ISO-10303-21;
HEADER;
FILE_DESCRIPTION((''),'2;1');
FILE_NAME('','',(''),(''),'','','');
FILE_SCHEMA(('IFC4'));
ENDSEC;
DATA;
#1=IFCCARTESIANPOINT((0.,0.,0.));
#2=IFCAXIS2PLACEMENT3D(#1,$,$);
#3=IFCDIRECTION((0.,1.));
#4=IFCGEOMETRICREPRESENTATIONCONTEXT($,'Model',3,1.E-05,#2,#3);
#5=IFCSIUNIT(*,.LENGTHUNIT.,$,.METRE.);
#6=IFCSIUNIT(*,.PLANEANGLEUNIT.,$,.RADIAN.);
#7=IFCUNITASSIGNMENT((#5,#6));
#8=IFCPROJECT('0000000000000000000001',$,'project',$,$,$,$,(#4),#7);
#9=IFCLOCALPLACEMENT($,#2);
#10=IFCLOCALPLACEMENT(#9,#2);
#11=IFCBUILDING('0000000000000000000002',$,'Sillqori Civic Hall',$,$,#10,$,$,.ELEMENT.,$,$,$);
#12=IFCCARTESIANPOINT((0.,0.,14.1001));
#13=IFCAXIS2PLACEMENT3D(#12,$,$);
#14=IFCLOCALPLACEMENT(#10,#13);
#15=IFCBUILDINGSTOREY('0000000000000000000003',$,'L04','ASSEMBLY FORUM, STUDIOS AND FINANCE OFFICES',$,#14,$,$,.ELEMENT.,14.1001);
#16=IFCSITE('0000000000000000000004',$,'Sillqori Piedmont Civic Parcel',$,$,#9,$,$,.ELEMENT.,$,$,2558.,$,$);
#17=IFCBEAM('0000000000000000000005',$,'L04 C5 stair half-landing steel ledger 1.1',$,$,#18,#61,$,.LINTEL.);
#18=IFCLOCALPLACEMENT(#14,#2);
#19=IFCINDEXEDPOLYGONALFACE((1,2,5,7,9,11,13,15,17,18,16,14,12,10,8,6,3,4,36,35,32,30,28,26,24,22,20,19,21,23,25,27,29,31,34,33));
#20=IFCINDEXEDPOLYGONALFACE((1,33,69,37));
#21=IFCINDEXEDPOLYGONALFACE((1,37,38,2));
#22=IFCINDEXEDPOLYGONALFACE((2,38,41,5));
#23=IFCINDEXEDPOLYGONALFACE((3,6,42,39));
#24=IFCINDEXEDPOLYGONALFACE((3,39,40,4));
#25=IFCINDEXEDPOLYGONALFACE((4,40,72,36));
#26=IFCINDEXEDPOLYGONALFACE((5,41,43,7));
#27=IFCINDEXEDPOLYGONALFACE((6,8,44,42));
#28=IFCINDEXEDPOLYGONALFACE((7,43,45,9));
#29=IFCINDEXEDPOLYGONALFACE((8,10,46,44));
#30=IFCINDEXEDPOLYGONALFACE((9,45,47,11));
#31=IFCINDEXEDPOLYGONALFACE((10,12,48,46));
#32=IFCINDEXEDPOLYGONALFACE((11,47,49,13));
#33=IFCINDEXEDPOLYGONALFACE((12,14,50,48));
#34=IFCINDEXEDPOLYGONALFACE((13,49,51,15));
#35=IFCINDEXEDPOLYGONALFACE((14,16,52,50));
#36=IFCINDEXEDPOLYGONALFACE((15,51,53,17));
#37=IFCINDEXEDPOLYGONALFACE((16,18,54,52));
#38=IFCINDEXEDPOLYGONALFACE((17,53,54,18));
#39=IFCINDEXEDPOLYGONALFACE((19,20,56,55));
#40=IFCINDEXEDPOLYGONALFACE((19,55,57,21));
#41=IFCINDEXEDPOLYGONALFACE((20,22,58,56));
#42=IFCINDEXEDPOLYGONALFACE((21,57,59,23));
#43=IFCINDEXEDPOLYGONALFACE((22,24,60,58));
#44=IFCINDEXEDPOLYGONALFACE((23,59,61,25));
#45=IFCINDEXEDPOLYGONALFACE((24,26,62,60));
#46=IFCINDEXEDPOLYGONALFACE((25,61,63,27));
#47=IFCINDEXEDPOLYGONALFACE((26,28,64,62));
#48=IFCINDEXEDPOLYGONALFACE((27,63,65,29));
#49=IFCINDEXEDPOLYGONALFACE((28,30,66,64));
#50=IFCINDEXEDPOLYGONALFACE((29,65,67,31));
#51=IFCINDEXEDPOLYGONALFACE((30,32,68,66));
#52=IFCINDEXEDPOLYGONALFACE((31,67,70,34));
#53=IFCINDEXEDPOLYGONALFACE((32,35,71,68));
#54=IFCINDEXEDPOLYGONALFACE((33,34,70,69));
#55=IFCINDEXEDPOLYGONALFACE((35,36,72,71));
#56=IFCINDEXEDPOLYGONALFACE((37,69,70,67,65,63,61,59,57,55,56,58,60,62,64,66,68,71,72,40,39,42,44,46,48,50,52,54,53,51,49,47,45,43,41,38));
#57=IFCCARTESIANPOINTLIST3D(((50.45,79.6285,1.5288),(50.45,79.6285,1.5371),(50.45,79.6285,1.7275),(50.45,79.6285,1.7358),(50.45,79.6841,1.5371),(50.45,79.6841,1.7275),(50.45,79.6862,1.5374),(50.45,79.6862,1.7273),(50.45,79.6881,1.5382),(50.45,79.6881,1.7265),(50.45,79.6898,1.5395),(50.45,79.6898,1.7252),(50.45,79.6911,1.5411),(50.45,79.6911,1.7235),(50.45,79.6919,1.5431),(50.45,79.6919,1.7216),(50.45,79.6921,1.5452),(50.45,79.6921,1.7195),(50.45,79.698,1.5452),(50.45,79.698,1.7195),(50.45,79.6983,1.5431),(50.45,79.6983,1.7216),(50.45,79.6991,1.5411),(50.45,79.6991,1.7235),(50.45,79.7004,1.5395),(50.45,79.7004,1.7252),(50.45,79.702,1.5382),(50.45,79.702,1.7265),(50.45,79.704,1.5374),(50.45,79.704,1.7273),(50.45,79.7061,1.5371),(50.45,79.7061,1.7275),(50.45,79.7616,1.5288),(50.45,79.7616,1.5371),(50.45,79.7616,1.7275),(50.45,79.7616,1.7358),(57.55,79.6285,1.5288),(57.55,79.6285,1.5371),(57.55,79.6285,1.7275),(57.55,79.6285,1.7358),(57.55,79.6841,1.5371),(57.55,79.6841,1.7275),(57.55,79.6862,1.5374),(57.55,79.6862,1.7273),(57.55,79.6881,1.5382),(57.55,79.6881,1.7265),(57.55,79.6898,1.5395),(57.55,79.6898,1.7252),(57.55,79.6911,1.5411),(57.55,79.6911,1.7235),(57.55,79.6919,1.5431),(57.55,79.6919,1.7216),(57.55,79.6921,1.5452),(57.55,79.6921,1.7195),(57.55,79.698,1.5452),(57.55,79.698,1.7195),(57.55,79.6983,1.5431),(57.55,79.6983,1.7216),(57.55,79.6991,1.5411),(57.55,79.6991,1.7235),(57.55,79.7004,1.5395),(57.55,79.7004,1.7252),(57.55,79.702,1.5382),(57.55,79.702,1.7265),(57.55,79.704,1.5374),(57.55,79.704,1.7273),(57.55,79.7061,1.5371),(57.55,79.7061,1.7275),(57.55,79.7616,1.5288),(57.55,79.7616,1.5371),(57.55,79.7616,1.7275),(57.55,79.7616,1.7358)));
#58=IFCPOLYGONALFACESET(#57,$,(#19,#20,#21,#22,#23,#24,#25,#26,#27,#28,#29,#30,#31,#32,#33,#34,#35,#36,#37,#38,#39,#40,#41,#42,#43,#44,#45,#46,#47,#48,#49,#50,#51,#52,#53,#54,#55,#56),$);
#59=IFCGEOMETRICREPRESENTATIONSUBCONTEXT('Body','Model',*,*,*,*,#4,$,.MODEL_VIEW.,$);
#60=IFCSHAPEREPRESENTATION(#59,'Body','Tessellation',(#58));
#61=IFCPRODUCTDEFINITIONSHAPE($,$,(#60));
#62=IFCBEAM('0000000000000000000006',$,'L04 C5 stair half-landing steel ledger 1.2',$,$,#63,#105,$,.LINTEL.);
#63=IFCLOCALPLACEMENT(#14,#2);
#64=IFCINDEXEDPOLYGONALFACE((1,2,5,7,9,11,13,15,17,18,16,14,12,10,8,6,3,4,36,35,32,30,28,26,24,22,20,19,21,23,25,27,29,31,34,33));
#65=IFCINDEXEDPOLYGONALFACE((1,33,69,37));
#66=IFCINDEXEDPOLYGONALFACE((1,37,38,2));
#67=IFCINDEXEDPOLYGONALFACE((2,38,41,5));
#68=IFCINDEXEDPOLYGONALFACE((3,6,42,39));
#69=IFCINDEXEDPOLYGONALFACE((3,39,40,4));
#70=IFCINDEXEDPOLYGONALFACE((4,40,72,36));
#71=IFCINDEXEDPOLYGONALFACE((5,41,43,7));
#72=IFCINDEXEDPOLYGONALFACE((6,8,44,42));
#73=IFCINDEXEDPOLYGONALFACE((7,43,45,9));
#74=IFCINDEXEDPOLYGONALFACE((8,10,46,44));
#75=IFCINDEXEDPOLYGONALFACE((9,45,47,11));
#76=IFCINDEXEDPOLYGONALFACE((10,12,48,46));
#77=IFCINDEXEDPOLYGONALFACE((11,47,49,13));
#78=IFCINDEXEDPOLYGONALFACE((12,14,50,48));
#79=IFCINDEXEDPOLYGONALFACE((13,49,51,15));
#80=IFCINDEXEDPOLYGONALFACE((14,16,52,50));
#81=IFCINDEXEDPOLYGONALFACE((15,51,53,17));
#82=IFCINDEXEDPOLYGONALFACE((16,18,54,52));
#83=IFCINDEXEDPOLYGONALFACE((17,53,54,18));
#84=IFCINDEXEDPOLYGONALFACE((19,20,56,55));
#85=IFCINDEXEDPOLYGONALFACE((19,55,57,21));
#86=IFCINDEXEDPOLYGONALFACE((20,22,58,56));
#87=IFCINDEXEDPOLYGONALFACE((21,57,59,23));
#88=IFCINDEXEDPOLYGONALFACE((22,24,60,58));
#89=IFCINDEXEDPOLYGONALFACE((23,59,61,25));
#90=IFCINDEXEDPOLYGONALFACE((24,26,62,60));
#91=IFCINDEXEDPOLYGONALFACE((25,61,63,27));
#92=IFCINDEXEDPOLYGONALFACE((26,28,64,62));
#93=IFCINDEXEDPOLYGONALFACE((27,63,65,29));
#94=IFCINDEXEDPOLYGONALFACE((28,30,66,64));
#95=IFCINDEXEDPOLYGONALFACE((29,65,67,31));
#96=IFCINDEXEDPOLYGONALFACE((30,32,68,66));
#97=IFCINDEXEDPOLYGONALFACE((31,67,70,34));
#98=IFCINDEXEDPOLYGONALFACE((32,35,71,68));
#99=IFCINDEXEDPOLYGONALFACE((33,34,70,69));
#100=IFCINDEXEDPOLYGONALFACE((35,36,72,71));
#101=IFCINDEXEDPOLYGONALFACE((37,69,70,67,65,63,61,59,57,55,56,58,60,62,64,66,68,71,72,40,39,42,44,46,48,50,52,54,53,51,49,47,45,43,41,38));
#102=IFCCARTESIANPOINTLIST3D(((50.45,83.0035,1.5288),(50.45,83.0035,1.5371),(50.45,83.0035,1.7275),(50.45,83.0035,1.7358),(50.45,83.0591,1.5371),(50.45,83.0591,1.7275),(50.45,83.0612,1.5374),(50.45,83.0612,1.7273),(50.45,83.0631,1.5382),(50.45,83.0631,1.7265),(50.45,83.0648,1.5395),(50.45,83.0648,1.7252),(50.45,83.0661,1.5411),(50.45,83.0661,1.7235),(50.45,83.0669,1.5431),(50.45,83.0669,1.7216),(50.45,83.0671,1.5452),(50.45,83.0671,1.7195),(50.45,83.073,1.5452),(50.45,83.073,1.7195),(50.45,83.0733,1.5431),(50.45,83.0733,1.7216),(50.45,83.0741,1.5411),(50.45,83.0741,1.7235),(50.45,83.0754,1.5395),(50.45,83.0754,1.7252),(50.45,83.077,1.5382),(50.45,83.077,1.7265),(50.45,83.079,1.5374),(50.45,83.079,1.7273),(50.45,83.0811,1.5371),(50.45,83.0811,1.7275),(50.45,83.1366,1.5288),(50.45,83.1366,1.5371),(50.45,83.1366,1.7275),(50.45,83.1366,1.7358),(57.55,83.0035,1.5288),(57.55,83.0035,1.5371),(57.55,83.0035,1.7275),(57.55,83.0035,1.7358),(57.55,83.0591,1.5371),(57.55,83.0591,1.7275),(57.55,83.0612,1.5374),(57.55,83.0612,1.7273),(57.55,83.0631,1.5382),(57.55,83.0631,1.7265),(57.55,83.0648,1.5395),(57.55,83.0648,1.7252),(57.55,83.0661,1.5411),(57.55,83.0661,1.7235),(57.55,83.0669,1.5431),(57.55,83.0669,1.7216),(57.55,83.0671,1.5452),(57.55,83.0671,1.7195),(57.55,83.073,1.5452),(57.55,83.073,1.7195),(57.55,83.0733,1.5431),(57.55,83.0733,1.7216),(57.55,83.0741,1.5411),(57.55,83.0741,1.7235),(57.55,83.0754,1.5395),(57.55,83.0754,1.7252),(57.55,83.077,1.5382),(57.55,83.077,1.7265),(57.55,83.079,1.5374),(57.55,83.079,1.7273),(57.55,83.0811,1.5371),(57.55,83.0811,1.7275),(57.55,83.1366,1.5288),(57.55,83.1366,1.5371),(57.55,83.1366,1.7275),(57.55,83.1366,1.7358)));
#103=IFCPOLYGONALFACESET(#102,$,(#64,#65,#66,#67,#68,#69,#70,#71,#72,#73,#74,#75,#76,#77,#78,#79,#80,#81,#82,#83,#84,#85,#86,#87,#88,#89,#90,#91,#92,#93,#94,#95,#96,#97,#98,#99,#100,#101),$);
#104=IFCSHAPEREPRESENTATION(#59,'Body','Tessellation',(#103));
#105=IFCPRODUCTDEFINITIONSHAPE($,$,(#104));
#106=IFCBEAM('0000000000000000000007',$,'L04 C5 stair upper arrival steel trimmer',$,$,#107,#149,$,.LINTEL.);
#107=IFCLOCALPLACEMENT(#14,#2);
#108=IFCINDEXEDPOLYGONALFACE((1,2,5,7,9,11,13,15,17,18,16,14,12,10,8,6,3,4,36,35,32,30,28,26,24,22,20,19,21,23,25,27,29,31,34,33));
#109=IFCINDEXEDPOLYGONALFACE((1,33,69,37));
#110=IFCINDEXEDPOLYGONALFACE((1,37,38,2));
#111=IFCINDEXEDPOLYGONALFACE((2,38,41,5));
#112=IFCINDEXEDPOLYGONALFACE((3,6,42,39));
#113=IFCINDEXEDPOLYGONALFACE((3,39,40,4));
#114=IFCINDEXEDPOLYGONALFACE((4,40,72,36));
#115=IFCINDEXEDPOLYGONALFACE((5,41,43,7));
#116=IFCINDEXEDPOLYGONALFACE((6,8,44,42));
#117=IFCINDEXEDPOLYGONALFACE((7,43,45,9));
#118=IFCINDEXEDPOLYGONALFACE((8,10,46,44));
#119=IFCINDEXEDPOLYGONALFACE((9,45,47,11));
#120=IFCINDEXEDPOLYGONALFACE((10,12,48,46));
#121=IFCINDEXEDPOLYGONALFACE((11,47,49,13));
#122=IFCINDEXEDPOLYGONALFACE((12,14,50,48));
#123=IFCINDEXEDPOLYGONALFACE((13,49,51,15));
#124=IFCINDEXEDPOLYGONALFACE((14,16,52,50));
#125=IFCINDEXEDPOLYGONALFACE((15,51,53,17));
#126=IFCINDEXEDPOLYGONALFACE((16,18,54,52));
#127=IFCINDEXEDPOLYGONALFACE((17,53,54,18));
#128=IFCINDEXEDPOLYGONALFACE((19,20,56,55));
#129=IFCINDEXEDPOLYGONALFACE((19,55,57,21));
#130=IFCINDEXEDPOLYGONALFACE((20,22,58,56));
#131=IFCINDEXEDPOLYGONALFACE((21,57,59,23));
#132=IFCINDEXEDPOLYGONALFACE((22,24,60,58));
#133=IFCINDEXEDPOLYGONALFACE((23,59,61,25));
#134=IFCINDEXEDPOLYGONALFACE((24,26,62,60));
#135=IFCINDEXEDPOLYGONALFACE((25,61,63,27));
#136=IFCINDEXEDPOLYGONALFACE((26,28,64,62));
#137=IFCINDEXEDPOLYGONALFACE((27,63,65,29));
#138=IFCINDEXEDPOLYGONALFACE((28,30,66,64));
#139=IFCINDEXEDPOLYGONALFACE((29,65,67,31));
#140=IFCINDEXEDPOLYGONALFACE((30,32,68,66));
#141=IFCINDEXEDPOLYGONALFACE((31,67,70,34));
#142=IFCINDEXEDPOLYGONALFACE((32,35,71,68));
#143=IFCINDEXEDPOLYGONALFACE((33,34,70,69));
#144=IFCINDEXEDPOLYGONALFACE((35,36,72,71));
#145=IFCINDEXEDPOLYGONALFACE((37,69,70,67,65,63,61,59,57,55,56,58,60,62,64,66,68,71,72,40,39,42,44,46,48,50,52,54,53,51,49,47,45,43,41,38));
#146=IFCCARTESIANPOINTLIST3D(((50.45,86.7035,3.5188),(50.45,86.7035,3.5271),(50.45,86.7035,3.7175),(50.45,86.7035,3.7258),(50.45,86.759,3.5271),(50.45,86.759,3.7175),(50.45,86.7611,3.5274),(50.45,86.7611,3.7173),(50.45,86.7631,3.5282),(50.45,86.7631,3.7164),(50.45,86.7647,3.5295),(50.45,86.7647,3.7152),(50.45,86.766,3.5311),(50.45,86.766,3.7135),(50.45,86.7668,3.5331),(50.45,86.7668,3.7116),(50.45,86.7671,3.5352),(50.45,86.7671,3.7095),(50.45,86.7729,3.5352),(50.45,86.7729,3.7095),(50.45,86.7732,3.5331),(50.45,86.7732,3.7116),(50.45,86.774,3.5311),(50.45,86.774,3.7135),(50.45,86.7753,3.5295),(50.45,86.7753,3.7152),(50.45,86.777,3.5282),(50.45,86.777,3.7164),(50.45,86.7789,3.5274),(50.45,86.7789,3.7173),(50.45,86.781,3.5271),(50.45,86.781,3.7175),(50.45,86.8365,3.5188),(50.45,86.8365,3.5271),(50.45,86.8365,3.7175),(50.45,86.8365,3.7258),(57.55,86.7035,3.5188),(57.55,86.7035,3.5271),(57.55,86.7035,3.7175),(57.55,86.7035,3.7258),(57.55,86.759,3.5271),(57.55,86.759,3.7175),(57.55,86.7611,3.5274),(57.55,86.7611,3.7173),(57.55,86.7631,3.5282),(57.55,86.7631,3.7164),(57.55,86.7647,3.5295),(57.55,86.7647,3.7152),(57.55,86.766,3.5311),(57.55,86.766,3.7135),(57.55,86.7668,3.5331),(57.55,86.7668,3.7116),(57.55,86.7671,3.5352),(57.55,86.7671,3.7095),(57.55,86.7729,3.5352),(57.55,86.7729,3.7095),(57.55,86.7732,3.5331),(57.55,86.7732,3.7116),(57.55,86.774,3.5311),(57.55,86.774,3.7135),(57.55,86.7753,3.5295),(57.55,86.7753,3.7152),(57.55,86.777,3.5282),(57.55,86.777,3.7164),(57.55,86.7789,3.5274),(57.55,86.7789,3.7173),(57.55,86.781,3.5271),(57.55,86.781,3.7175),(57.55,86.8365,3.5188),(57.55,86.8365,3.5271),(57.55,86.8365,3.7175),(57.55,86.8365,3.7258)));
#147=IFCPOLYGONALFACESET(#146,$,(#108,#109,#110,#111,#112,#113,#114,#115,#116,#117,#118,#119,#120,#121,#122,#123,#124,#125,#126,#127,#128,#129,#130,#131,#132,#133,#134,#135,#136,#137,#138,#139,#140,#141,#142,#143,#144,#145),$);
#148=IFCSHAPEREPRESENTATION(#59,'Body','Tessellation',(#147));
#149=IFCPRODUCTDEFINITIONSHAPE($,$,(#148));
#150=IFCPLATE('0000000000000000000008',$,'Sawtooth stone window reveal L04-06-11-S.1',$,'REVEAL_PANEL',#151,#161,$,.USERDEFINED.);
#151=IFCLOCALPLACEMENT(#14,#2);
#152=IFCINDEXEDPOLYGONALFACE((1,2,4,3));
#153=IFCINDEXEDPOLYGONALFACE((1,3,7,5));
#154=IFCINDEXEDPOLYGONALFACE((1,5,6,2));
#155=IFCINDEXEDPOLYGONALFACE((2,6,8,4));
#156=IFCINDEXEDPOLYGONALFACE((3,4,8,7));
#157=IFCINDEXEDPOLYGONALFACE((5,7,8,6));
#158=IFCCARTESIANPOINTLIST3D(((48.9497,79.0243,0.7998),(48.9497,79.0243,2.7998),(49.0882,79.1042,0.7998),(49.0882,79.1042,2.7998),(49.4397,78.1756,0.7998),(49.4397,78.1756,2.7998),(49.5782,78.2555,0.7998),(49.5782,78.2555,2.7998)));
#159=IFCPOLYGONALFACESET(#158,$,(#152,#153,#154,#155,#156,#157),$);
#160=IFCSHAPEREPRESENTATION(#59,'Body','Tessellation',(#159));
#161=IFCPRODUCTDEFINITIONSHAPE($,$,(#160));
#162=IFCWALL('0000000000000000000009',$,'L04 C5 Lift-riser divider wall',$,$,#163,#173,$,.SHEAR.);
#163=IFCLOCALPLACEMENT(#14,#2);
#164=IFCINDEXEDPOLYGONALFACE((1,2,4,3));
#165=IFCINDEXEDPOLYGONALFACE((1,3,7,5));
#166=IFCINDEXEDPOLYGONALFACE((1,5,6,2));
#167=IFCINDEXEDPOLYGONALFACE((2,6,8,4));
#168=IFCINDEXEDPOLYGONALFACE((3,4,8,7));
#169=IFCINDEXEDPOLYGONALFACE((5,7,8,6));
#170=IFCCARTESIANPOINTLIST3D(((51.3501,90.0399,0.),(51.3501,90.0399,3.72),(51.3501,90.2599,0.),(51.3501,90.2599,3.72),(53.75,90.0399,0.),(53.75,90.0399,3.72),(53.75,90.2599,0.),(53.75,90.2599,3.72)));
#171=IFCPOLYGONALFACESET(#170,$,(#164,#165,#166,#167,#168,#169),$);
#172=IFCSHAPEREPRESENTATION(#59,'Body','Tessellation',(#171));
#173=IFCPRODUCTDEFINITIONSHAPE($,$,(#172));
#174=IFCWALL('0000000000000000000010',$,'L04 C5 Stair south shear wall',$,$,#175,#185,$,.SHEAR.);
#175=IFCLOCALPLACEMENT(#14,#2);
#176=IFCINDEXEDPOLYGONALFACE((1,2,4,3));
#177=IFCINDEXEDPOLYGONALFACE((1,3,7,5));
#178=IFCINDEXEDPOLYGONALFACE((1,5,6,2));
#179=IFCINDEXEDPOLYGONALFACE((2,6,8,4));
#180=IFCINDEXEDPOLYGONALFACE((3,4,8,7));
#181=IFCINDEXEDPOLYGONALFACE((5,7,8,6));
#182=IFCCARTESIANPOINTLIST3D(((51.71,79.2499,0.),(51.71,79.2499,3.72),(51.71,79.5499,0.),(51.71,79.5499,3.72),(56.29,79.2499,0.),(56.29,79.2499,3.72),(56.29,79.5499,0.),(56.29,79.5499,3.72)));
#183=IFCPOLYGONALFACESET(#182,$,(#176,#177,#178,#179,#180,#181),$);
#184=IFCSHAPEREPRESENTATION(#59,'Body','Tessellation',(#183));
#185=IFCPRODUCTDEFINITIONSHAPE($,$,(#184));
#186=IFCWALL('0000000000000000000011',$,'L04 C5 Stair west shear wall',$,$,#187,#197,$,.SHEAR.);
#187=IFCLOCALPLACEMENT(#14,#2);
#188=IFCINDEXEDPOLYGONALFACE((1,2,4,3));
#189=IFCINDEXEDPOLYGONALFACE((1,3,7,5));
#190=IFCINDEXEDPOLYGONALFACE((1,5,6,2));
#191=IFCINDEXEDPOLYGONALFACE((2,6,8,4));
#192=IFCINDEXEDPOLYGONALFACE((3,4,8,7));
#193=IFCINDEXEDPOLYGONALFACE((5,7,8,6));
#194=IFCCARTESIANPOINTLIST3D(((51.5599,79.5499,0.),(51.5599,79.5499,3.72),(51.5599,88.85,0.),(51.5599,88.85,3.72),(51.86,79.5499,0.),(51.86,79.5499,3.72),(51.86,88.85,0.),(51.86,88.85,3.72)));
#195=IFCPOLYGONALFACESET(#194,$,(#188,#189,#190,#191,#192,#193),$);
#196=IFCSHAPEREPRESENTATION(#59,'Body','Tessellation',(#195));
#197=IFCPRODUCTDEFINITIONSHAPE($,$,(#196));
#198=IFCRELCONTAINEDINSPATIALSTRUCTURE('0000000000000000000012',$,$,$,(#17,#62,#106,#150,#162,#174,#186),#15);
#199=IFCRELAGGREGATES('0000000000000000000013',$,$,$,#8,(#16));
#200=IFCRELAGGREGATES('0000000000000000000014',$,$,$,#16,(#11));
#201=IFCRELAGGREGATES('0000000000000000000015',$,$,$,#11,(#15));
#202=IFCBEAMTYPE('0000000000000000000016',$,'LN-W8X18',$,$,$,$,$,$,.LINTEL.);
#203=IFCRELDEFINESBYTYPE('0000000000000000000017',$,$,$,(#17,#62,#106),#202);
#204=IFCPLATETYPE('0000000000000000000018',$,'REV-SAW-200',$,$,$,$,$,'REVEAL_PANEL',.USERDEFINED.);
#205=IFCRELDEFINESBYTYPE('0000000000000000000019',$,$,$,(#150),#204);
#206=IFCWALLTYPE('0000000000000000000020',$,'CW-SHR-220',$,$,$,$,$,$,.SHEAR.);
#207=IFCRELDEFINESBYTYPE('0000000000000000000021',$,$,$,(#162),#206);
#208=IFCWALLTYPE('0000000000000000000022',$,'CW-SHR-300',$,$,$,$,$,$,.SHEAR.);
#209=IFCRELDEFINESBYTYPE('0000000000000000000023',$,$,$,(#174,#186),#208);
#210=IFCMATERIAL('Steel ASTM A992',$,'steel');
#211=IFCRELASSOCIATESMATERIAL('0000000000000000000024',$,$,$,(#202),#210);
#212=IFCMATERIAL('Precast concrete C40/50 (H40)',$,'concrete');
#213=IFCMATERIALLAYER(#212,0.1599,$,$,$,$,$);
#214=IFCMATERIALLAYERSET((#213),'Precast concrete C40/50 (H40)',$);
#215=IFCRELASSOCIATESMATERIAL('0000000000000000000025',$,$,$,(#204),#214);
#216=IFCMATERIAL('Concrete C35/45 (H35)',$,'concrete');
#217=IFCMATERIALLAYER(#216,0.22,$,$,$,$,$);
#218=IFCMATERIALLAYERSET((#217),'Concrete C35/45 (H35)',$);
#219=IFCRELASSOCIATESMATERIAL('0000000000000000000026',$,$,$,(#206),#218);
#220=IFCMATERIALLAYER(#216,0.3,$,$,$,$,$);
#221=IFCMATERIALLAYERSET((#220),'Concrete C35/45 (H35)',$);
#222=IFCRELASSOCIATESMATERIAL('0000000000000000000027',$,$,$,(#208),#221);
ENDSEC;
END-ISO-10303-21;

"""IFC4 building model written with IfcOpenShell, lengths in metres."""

from ifc_helpers import new_model, si_unit, direction, frame, frame_2d, origin, origin_2d, place, context, subcontext, project, spatial, rectangle, i_section, extrude, material, layer, layer_set, material_profile, profile_set, type_object, element, save


model = new_model("IFC4")

# Units and contexts
model_context = context("Model", 3, precision=1e-05, world=origin(), true_north=direction((0.0, 1.0)))
body_context = subcontext(model_context, "Body", "Model", "MODEL_VIEW")
ifc_project = project(units=[si_unit("LENGTHUNIT", "METRE"), si_unit("PLANEANGLEUNIT", "RADIAN")], contexts=[model_context])

# Site, building, storey
site_placement = place(None, origin())
site = spatial("IfcSite", under=ifc_project, at=site_placement, Name="Sillqori Piedmont Civic Parcel", CompositionType="ELEMENT", RefElevation=2558.0)
building_placement = place(site_placement, origin())
building = spatial("IfcBuilding", under=site, at=building_placement, Name="Sillqori Civic Hall", CompositionType="ELEMENT")
storey_placement = place(building_placement, frame((0.0, 0.0, 14.1001)))
storey = spatial("IfcBuildingStorey", under=building, at=storey_placement, Name="L04", Description="ASSEMBLY FORUM, STUDIOS AND FINANCE OFFICES", CompositionType="ELEMENT", Elevation=14.1001)

# Shared definitions
ifc_material_1 = material(Name="Concrete C35/45 (H35)", Category="concrete")
ifc_material_2 = material(Name="Steel ASTM A992", Category="steel")

# Beams
ifc_material_profile_1 = material_profile(ifc_material_2, i_section(OverallWidth=0.1331, OverallDepth=0.207, WebThickness=0.0059, FlangeThickness=0.0083, FilletRadius=0.0081, at=origin_2d()), Name="W8X18")
ifc_profile_set_1 = profile_set([ifc_material_profile_1], Name="Steel ASTM A992")
beam_type_1 = type_object("IfcBeamType", Name="LN-W8X18", PredefinedType="LINTEL", material=ifc_profile_set_1)
for number, where, z_axis, x_axis, name in (
    (1, (50.45, 79.6951, 1.6323), (1.0, 0.0, 0.0), (0.0, 1.0, 0.0), "L04 C5 stair half-landing steel ledger 1.1"),
    (2, (50.45, 83.0701, 1.6323), (1.0, 0.0, 0.0), (0.0, 1.0, 0.0), "L04 C5 stair half-landing steel ledger 1.2"),
    (3, (50.45, 86.77, 3.6223), (1.0, 0.0, 0.0), (0.0, 1.0, 0.0), "L04 C5 stair upper arrival steel trimmer"),
):
    element("IfcBeam", number, at=place(storey_placement, frame(where, z_axis=z_axis, x_axis=x_axis)), inside=storey, type_object=beam_type_1, Name=name, PredefinedType="LINTEL", context=body_context, shape_type="SweptSolid", body=[
        extrude(i_section(OverallWidth=0.1331, OverallDepth=0.207, WebThickness=0.0059, FlangeThickness=0.0083, FilletRadius=0.0081, at=origin_2d()), origin(), (0.0, 0.0, 1.0), 7.1001),
    ])

# Plate
ifc_material_3 = material(Name="Precast concrete C40/50 (H40)", Category="concrete")
ifc_layer_1 = layer(ifc_material_3, 0.1599)
ifc_layer_set_1 = layer_set([ifc_layer_1], Name="Precast concrete C40/50 (H40)")
plate_type = type_object("IfcPlateType", Name="REV-SAW-200", ElementType="REVEAL_PANEL", PredefinedType="USERDEFINED", material=ifc_layer_set_1)
plate_placement = place(storey_placement, frame((49.2639, 78.6399, 0.7998), z_axis=(0.0, 0.0, 1.0), x_axis=(-0.866025, -0.5, 0.0)))
element("IfcPlate", 4, at=plate_placement, inside=storey, type_object=plate_type, Name="Sawtooth stone window reveal L04-06-11-S.1", ObjectType="REVEAL_PANEL", PredefinedType="USERDEFINED", context=body_context, shape_type="SweptSolid", body=[
    extrude(rectangle(XDim=0.1599, YDim=0.98, at=origin_2d()), origin(), (0.0, 0.0, 1.0), 2.0),
])

# Wall
ifc_layer_2 = layer(ifc_material_1, 0.22)
ifc_layer_set_2 = layer_set([ifc_layer_2], Name="Concrete C35/45 (H35)")
wall_type_1 = type_object("IfcWallType", Name="CW-SHR-220", PredefinedType="SHEAR", material=ifc_layer_set_2)
wall_1_placement = place(storey_placement, frame((51.3501, 90.1499, 0.0), z_axis=(0.0, 0.0, 1.0), x_axis=(1.0, 0.0, 0.0)))
element("IfcWall", 5, at=wall_1_placement, inside=storey, type_object=wall_type_1, Name="L04 C5 Lift-riser divider wall", PredefinedType="SHEAR", context=body_context, shape_type="SweptSolid", body=[
    extrude(rectangle(XDim=2.3999, YDim=0.22, at=frame_2d((1.2, 0.0))), origin(), (0.0, 0.0, 1.0), 3.72),
])

# Walls
ifc_layer_3 = layer(ifc_material_1, 0.3)
ifc_layer_set_3 = layer_set([ifc_layer_3], Name="Concrete C35/45 (H35)")
wall_type_2 = type_object("IfcWallType", Name="CW-SHR-300", PredefinedType="SHEAR", material=ifc_layer_set_3)
wall_2_placement = place(storey_placement, frame((51.71, 79.3999, 0.0), z_axis=(0.0, 0.0, 1.0), x_axis=(1.0, 0.0, 0.0)))
element("IfcWall", 6, at=wall_2_placement, inside=storey, type_object=wall_type_2, Name="L04 C5 Stair south shear wall", PredefinedType="SHEAR", context=body_context, shape_type="SweptSolid", body=[
    extrude(rectangle(XDim=4.5801, YDim=0.3, at=frame_2d((2.29, 0.0))), origin(), (0.0, 0.0, 1.0), 3.72),
])
wall_3_placement = place(storey_placement, frame((51.71, 79.55, 0.0), z_axis=(0.0, 0.0, 1.0), x_axis=(0.0, 1.0, 0.0)))
element("IfcWall", 7, at=wall_3_placement, inside=storey, type_object=wall_type_2, Name="L04 C5 Stair west shear wall", PredefinedType="SHEAR", context=body_context, shape_type="SweptSolid", body=[
    extrude(rectangle(XDim=9.3, YDim=0.3, at=frame_2d((4.6499, 0.0))), origin(), (0.0, 0.0, 1.0), 3.72),
])

save(model, "model.ifc")
